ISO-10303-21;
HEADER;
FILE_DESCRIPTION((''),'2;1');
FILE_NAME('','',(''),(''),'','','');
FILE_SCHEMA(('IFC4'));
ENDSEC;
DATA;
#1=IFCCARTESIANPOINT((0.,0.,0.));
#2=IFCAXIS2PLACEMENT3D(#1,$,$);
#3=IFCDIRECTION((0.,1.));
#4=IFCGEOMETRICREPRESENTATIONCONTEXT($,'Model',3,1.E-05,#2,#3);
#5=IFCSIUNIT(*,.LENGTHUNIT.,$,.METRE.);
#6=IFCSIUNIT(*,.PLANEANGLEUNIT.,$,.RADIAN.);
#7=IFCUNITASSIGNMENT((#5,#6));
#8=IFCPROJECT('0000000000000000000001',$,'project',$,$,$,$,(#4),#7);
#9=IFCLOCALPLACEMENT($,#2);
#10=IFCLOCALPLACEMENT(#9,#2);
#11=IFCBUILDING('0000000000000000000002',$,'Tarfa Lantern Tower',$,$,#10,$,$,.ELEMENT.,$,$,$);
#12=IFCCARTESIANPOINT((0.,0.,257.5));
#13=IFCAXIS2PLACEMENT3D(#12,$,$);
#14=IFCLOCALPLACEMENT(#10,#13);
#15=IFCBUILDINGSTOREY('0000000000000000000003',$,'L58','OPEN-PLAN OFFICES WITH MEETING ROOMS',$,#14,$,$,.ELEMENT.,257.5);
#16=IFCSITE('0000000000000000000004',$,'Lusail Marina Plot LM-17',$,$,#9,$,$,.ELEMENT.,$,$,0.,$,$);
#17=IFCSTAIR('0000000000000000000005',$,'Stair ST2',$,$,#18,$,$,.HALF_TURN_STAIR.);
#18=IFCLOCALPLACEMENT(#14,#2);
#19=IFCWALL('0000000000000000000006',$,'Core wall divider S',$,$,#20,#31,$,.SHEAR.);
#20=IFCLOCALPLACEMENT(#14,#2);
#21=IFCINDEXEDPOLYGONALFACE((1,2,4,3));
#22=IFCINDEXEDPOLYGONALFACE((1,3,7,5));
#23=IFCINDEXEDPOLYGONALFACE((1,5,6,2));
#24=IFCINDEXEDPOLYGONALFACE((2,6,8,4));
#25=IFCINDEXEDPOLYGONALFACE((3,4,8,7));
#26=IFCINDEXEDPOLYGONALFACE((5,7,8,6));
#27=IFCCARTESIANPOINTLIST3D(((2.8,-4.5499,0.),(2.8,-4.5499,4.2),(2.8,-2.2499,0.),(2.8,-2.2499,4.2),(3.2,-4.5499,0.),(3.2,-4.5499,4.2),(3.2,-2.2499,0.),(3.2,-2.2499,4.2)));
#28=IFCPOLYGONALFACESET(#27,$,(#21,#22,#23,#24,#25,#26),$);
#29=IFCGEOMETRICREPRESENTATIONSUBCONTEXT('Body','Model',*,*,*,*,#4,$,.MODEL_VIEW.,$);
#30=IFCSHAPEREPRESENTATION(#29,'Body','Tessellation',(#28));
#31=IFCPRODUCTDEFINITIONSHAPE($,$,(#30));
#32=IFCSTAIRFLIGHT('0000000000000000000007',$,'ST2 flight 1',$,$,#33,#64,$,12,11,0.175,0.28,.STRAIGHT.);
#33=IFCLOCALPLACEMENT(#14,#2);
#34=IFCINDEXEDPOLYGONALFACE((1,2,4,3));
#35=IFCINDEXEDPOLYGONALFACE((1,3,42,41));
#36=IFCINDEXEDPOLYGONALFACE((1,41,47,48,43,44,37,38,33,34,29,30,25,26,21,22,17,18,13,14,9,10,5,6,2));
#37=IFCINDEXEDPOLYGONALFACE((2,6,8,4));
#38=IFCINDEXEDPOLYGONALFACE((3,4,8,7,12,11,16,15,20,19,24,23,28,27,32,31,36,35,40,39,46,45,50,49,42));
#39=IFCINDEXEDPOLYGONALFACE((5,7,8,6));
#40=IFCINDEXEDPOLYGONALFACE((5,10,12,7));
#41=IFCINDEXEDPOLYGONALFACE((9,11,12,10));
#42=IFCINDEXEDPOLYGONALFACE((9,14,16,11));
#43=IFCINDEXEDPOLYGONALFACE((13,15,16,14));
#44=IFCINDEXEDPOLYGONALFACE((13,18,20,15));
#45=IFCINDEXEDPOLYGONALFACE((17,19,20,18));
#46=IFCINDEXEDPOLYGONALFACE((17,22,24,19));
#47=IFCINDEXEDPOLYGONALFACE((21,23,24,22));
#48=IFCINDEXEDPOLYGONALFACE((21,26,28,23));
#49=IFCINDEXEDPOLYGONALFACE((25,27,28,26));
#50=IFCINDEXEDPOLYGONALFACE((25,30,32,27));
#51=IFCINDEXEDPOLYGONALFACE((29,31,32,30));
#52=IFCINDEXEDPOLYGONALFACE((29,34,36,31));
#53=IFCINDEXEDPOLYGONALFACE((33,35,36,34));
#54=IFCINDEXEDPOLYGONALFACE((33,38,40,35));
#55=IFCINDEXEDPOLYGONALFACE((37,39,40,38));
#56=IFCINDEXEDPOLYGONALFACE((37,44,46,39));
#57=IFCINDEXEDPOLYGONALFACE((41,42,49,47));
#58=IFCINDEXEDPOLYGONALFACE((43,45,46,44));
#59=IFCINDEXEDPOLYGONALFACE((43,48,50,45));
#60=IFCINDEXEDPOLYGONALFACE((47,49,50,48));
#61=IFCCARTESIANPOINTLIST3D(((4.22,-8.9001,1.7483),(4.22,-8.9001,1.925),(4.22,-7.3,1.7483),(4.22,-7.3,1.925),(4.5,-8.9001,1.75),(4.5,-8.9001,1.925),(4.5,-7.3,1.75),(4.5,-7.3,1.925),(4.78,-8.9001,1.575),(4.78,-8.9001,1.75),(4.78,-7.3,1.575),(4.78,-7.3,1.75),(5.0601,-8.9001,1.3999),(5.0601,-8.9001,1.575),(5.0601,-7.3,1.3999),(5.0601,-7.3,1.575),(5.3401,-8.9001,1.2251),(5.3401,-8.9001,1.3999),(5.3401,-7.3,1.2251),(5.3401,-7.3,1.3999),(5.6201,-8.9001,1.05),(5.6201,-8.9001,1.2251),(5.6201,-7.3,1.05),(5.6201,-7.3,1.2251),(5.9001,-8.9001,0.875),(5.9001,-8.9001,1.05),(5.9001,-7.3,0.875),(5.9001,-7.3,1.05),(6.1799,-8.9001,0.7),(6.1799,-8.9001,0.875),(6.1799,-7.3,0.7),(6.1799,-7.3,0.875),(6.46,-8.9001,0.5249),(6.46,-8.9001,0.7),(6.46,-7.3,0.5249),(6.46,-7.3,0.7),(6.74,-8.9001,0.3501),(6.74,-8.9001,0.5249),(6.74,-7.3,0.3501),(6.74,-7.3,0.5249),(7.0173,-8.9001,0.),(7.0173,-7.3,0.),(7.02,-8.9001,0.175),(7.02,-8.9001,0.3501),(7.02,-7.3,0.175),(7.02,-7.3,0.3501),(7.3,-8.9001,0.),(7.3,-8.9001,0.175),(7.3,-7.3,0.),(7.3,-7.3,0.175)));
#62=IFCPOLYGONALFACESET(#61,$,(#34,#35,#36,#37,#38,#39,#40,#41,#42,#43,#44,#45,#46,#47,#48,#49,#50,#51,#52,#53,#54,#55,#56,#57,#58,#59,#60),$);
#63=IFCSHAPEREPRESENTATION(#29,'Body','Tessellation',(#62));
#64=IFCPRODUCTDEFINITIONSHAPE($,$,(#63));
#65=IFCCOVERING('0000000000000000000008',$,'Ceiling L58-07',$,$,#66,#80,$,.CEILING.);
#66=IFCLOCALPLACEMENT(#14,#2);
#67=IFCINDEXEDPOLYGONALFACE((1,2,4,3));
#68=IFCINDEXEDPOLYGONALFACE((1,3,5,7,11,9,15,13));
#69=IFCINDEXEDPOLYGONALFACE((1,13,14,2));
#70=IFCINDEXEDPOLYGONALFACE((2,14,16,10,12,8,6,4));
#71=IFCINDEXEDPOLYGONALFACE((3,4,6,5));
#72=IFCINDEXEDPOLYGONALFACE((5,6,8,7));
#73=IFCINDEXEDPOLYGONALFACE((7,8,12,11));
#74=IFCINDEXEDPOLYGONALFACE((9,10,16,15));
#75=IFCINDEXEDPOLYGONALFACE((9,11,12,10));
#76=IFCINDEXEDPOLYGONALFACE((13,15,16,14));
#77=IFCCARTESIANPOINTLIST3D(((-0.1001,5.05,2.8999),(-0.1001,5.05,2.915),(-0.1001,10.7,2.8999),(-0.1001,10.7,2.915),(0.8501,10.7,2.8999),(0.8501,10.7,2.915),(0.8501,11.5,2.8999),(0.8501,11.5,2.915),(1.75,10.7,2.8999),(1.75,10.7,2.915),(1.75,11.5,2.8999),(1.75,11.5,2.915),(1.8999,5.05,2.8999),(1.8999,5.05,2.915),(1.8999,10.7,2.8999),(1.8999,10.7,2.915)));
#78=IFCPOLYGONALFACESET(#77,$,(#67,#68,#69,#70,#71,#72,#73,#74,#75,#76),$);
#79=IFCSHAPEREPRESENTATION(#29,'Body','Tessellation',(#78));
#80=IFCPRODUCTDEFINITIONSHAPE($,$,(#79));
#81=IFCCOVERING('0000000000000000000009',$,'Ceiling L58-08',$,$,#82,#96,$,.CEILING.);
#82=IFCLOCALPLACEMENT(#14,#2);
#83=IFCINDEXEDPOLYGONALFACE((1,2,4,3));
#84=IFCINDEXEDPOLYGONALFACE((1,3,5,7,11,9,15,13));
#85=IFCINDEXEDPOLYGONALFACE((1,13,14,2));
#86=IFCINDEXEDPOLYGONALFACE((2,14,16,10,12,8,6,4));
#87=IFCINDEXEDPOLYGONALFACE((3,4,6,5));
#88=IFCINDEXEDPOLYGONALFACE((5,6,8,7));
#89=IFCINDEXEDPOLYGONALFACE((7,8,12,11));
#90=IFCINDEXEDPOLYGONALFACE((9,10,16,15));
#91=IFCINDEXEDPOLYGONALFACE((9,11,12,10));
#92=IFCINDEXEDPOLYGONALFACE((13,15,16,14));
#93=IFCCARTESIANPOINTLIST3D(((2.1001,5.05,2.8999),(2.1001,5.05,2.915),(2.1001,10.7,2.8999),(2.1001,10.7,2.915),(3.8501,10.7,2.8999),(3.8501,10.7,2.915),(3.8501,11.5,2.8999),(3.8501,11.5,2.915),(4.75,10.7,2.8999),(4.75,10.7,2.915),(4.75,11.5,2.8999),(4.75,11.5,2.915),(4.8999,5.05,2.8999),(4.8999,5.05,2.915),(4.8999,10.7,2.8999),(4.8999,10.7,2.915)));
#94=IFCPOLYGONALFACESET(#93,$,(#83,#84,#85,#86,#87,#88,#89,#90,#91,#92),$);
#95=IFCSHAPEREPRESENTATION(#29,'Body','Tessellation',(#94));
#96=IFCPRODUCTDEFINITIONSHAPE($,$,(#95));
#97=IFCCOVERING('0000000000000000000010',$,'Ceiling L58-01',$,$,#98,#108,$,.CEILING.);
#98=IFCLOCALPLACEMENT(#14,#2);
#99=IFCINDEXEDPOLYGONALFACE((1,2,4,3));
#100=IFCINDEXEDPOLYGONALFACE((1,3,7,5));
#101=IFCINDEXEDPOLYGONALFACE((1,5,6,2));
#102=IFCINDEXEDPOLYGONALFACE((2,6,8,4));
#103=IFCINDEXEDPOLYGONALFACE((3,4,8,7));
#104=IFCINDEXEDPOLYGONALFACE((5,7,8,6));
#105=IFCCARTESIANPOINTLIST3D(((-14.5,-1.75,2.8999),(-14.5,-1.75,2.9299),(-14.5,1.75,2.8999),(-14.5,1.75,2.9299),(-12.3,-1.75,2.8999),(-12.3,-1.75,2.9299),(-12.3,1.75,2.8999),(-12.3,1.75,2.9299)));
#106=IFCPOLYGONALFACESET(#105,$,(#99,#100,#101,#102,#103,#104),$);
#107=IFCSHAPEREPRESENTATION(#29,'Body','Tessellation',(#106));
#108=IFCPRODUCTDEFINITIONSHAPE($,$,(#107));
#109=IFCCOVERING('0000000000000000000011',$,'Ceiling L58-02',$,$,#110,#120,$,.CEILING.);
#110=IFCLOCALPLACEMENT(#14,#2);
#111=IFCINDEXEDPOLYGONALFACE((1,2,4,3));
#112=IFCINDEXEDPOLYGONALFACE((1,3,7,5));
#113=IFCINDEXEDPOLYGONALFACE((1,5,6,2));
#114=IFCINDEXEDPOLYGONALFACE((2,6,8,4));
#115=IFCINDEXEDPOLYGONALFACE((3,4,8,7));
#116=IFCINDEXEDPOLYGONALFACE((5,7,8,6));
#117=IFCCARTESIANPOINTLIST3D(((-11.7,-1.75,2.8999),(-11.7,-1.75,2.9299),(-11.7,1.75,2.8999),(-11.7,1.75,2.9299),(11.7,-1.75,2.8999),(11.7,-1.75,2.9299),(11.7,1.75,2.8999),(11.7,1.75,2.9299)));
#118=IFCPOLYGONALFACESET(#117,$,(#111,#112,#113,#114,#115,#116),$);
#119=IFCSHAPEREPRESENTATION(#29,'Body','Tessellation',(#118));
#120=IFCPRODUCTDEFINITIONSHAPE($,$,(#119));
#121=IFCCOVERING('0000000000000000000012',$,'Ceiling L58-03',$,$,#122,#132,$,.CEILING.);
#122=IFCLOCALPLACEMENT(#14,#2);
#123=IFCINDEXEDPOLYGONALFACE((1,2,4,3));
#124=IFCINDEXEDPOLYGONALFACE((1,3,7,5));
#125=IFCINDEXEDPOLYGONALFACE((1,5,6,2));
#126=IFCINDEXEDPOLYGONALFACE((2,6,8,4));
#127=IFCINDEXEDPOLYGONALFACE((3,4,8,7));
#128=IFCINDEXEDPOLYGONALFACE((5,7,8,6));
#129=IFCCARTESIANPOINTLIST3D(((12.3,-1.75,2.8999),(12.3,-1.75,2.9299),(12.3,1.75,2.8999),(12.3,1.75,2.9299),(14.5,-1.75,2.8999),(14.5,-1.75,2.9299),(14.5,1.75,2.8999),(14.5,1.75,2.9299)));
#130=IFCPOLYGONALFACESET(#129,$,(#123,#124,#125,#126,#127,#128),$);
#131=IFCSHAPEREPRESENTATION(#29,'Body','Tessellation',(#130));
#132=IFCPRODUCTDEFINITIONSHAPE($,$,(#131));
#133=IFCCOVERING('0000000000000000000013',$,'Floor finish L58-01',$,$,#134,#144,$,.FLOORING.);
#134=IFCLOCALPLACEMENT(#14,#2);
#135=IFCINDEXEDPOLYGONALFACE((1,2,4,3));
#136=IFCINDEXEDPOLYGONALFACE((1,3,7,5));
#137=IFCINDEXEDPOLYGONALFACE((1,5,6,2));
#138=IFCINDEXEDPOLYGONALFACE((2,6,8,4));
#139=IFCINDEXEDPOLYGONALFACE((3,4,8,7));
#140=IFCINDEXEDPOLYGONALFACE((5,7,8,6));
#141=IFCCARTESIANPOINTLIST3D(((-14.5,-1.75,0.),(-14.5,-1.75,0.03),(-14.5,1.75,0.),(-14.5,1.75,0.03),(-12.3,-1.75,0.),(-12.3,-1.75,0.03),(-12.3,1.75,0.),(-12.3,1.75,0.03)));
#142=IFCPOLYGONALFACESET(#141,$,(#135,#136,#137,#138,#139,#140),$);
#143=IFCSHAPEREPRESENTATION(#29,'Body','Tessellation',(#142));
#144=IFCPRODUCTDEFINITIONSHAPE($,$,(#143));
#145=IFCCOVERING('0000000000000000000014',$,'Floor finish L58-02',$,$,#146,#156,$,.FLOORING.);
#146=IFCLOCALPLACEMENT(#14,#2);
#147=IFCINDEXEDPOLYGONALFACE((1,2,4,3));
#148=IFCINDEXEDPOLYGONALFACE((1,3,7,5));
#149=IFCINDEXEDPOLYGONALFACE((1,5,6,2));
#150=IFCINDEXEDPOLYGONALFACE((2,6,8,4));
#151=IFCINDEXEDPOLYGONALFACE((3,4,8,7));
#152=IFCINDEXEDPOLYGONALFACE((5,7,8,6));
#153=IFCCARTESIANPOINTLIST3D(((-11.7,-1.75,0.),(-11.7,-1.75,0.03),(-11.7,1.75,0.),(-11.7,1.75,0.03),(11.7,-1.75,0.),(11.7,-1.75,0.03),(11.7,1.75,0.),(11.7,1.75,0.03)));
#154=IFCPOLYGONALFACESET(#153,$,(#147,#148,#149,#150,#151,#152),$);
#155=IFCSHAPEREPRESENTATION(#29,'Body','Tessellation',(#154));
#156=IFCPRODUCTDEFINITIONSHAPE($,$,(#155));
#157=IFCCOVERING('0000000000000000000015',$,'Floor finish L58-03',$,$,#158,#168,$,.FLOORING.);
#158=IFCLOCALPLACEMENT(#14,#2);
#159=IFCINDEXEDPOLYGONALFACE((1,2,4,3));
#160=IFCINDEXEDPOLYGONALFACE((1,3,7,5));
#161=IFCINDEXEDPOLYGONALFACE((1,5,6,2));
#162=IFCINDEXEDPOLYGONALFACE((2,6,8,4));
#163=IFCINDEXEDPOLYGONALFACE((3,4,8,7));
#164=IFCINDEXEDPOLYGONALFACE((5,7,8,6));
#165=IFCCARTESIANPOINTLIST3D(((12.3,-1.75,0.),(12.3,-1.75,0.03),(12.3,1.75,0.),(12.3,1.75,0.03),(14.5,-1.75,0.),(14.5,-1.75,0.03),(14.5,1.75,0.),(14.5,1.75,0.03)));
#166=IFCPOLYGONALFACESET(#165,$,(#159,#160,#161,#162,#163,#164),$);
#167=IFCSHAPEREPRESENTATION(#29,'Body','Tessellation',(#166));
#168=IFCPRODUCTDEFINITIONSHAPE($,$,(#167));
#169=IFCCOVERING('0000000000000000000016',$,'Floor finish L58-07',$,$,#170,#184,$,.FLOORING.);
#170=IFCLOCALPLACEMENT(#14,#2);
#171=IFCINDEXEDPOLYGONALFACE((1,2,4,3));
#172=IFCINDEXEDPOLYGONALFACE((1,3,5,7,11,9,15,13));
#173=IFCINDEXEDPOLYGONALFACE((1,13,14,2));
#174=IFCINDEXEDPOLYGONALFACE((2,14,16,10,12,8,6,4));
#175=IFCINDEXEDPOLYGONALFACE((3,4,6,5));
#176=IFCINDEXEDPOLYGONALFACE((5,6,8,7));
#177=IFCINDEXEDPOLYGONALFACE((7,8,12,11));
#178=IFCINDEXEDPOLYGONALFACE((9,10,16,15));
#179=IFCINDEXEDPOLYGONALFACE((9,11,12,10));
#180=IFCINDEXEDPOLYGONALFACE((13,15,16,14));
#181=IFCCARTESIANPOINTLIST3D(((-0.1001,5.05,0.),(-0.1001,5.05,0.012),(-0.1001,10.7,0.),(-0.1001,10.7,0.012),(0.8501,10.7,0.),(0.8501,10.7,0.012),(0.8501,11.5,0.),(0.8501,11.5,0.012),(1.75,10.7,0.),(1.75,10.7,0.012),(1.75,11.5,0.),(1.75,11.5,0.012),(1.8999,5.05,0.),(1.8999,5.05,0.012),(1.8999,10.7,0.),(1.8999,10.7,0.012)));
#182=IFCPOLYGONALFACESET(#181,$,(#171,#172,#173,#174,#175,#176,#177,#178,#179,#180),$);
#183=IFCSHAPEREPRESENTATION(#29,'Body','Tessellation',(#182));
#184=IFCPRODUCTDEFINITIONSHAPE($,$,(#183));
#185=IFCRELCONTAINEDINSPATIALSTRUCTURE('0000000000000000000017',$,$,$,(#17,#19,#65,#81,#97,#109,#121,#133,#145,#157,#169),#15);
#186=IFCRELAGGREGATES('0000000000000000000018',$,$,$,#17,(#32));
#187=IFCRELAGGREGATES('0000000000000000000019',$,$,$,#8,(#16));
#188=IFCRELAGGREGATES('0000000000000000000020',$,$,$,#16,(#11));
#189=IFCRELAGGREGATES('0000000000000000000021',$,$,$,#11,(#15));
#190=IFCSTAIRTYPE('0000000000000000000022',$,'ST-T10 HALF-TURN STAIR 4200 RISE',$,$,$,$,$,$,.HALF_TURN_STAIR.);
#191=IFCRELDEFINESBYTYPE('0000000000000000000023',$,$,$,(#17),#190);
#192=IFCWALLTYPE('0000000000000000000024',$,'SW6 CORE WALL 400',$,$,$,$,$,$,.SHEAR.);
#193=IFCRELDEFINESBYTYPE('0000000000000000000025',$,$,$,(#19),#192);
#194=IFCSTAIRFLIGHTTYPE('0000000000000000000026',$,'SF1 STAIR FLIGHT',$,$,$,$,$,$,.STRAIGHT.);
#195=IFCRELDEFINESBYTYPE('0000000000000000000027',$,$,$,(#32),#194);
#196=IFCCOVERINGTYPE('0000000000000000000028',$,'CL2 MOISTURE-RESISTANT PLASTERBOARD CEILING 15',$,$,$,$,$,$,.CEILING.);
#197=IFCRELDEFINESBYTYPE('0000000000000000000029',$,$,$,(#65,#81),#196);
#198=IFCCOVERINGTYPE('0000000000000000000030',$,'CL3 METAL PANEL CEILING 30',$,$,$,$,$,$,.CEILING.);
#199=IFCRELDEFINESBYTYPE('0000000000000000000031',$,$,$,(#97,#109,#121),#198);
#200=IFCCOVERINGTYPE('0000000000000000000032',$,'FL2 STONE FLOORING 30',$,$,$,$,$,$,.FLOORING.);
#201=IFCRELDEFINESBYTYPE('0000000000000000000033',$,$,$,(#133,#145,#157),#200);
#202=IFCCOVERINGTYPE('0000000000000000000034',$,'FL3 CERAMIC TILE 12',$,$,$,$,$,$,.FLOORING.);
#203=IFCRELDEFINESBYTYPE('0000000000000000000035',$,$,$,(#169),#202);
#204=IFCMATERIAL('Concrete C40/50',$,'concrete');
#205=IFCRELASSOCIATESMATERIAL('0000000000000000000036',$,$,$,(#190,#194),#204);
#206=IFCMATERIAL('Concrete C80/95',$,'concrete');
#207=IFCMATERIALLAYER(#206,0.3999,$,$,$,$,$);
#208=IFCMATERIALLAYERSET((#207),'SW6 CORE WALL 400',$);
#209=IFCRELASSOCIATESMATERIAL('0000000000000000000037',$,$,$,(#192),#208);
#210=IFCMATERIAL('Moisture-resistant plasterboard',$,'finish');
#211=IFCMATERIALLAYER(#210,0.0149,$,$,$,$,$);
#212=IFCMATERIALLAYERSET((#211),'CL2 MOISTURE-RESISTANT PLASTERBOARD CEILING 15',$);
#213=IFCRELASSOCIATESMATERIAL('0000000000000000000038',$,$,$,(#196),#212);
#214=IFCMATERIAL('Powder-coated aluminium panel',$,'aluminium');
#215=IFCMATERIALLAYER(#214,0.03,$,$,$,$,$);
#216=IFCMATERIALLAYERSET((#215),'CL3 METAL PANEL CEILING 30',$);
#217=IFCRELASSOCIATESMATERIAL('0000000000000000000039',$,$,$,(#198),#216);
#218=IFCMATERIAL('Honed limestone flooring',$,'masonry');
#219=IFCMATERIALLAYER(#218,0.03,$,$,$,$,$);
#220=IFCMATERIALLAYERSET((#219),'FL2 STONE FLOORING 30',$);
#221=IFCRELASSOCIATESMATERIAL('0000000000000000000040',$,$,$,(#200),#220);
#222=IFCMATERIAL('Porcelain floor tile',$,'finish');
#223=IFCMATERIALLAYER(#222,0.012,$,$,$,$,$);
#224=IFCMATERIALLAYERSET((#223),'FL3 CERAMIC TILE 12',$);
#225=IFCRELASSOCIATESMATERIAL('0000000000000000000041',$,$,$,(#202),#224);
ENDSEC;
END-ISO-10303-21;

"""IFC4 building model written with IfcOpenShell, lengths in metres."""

from ifc_helpers import new_model, si_unit, direction, frame, frame_2d, origin, place, context, subcontext, project, spatial, polyline, rectangle, outline, extrude, material, layer, layer_set, type_object, element, aggregate, save


model = new_model("IFC4")

# Units and contexts
model_context = context("Model", 3, precision=1e-05, world=origin(), true_north=direction((0.0, 1.0)))
body_context = subcontext(model_context, "Body", "Model", "MODEL_VIEW")
ifc_project = project(units=[si_unit("LENGTHUNIT", "METRE"), si_unit("PLANEANGLEUNIT", "RADIAN")], contexts=[model_context])

# Site, building, storey
site_placement = place(None, origin())
site = spatial("IfcSite", under=ifc_project, at=site_placement, Name="Lusail Marina Plot LM-17", CompositionType="ELEMENT", RefElevation=0.0)
building_placement = place(site_placement, origin())
building = spatial("IfcBuilding", under=site, at=building_placement, Name="Tarfa Lantern Tower", CompositionType="ELEMENT")
storey_placement = place(building_placement, frame((0.0, 0.0, 257.5)))
storey = spatial("IfcBuildingStorey", under=building, at=storey_placement, Name="L58", Description="OPEN-PLAN OFFICES WITH MEETING ROOMS", CompositionType="ELEMENT", Elevation=257.5)

# Stair
ifc_material_1 = material(Name="Concrete C40/50", Category="concrete")
stair_type = type_object("IfcStairType", Name="ST-T10 HALF-TURN STAIR 4200 RISE", PredefinedType="HALF_TURN_STAIR", material=ifc_material_1)
stair_placement = place(storey_placement, origin())
stair = element("IfcStair", 1, at=stair_placement, inside=storey, type_object=stair_type, Name="Stair ST2", PredefinedType="HALF_TURN_STAIR")

# Shared definitions
ifc_material_2 = material(Name="Concrete C80/95", Category="concrete")

# Wall
ifc_layer_1 = layer(ifc_material_2, 0.3999)
ifc_layer_set_1 = layer_set([ifc_layer_1], Name="SW6 CORE WALL 400")
wall_type_1 = type_object("IfcWallType", Name="SW6 CORE WALL 400", PredefinedType="SHEAR", material=ifc_layer_set_1)
for number, where, z_axis, x_axis, name in (
    (2, (3.0, -2.25, 0.0), (0.0, 0.0, 1.0), (0.0, -1.0, 0.0), "Core wall divider S"),
):
    element("IfcWall", number, at=place(storey_placement, frame(where, z_axis=z_axis, x_axis=x_axis)), inside=storey, type_object=wall_type_1, Name=name, PredefinedType="SHEAR", context=body_context, shape_type="SweptSolid", body=[
        extrude(rectangle(XDim=2.3, YDim=0.3999, at=frame_2d((1.1499, 0.0))), origin(), (0.0, 0.0, 1.0), 4.2),
    ])

# Stair flight
stair_flight_type = type_object("IfcStairFlightType", Name="SF1 STAIR FLIGHT", PredefinedType="STRAIGHT", material=ifc_material_1)
stair_flight_placement = place(storey_placement, frame((7.3, -8.1001, 0.0), z_axis=(0.0, 0.0, 1.0), x_axis=(-1.0, 0.0, 0.0)))
stair_flight = element("IfcStairFlight", 3, at=stair_flight_placement, type_object=stair_flight_type, Name="ST2 flight 1", NumberOfRisers=12, NumberOfTreads=11, PredefinedType="STRAIGHT", RiserHeight=0.175, TreadLength=0.28, context=body_context, shape_type="SweptSolid", body=[
    extrude(outline(polyline([(0.0, 0.0), (0.0, 0.175), (0.28, 0.175), (0.28, 0.3501), (0.5601, 0.3501), (0.5601, 0.5249), (0.8401, 0.5249), (0.8401, 0.7), (1.1201, 0.7), (1.1201, 0.875), (1.3999, 0.875), (1.3999, 1.05), (1.6799, 1.05), (1.6799, 1.2251), (1.96, 1.2251), (1.96, 1.3999), (2.24, 1.3999), (2.24, 1.575), (2.52, 1.575), (2.52, 1.75), (2.8, 1.75), (2.8, 1.925), (3.0801, 1.925), (3.0801, 2.1001), (3.0801, 1.7483), (0.2827, 0.0), (0.0, 0.0)])), frame((0.0, 0.8, 0.0), z_axis=(0.0, -1.0, 0.0), x_axis=(1.0, 0.0, 0.0)), (0.0, 0.0, 1.0), 1.6001),
])
aggregate(stair, [stair_flight])

# Coverings
ifc_material_3 = material(Name="Moisture-resistant plasterboard", Category="finish")
ifc_layer_2 = layer(ifc_material_3, 0.0149)
ifc_layer_set_2 = layer_set([ifc_layer_2], Name="CL2 MOISTURE-RESISTANT PLASTERBOARD CEILING 15")
covering_type_1 = type_object("IfcCoveringType", Name="CL2 MOISTURE-RESISTANT PLASTERBOARD CEILING 15", PredefinedType="CEILING", material=ifc_layer_set_2)
covering_1_placement = place(storey_placement, frame((0.0, 0.0, 2.8999)))
element("IfcCovering", 4, at=covering_1_placement, inside=storey, type_object=covering_type_1, Name="Ceiling L58-07", PredefinedType="CEILING", context=body_context, shape_type="SweptSolid", body=[
    extrude(outline(polyline([(0.8501, 10.7), (-0.1001, 10.7), (-0.1001, 5.05), (1.8999, 5.05), (1.8999, 10.7), (1.75, 10.7), (1.75, 11.5), (1.75, 11.5), (0.8501, 11.5), (0.8501, 10.7)])), origin(), (0.0, 0.0, 1.0), 0.0151),
])
covering_2_placement = place(storey_placement, frame((0.0, 0.0, 2.8999)))
element("IfcCovering", 5, at=covering_2_placement, inside=storey, type_object=covering_type_1, Name="Ceiling L58-08", PredefinedType="CEILING", context=body_context, shape_type="SweptSolid", body=[
    extrude(outline(polyline([(2.1001, 5.05), (4.8999, 5.05), (4.8999, 10.7), (4.75, 10.7), (4.75, 11.5), (3.8501, 11.5), (3.8501, 10.7), (2.1001, 10.7), (2.1001, 5.05)])), origin(), (0.0, 0.0, 1.0), 0.0151),
])
ifc_material_4 = material(Name="Powder-coated aluminium panel", Category="aluminium")
ifc_layer_3 = layer(ifc_material_4, 0.03)
ifc_layer_set_3 = layer_set([ifc_layer_3], Name="CL3 METAL PANEL CEILING 30")
covering_type_2 = type_object("IfcCoveringType", Name="CL3 METAL PANEL CEILING 30", PredefinedType="CEILING", material=ifc_layer_set_3)
covering_3_placement = place(storey_placement, frame((0.0, 0.0, 2.8999)))
element("IfcCovering", 6, at=covering_3_placement, inside=storey, type_object=covering_type_2, Name="Ceiling L58-01", PredefinedType="CEILING", context=body_context, shape_type="SweptSolid", body=[
    extrude(outline(polyline([(-14.5, -1.75), (-12.3, -1.75), (-12.3, 1.75), (-14.5, 1.75), (-14.5, -1.75)])), origin(), (0.0, 0.0, 1.0), 0.03),
])
covering_4_placement = place(storey_placement, frame((0.0, 0.0, 2.8999)))
element("IfcCovering", 7, at=covering_4_placement, inside=storey, type_object=covering_type_2, Name="Ceiling L58-02", PredefinedType="CEILING", context=body_context, shape_type="SweptSolid", body=[
    extrude(outline(polyline([(-11.7, -1.75), (11.7, -1.75), (11.7, 1.75), (-11.7, 1.75), (-11.7, -1.75)])), origin(), (0.0, 0.0, 1.0), 0.03),
])
covering_5_placement = place(storey_placement, frame((0.0, 0.0, 2.8999)))
element("IfcCovering", 8, at=covering_5_placement, inside=storey, type_object=covering_type_2, Name="Ceiling L58-03", PredefinedType="CEILING", context=body_context, shape_type="SweptSolid", body=[
    extrude(outline(polyline([(12.3, -1.75), (14.5, -1.75), (14.5, 1.75), (12.3, 1.75), (12.3, -1.75)])), origin(), (0.0, 0.0, 1.0), 0.03),
])
ifc_material_5 = material(Name="Honed limestone flooring", Category="masonry")
ifc_layer_4 = layer(ifc_material_5, 0.03)
ifc_layer_set_4 = layer_set([ifc_layer_4], Name="FL2 STONE FLOORING 30")
covering_type_3 = type_object("IfcCoveringType", Name="FL2 STONE FLOORING 30", PredefinedType="FLOORING", material=ifc_layer_set_4)
covering_6_placement = place(storey_placement, origin())
element("IfcCovering", 9, at=covering_6_placement, inside=storey, type_object=covering_type_3, Name="Floor finish L58-01", PredefinedType="FLOORING", context=body_context, shape_type="SweptSolid", body=[
    extrude(outline(polyline([(-14.5, -1.75), (-12.3, -1.75), (-12.3, 1.75), (-14.5, 1.75), (-14.5, -1.75)])), origin(), (0.0, 0.0, 1.0), 0.03),
])
covering_7_placement = place(storey_placement, origin())
element("IfcCovering", 10, at=covering_7_placement, inside=storey, type_object=covering_type_3, Name="Floor finish L58-02", PredefinedType="FLOORING", context=body_context, shape_type="SweptSolid", body=[
    extrude(outline(polyline([(-11.7, -1.75), (11.7, -1.75), (11.7, 1.75), (-11.7, 1.75), (-11.7, -1.75)])), origin(), (0.0, 0.0, 1.0), 0.03),
])
covering_8_placement = place(storey_placement, origin())
element("IfcCovering", 11, at=covering_8_placement, inside=storey, type_object=covering_type_3, Name="Floor finish L58-03", PredefinedType="FLOORING", context=body_context, shape_type="SweptSolid", body=[
    extrude(outline(polyline([(12.3, -1.75), (14.5, -1.75), (14.5, 1.75), (12.3, 1.75), (12.3, -1.75)])), origin(), (0.0, 0.0, 1.0), 0.03),
])
ifc_material_6 = material(Name="Porcelain floor tile", Category="finish")
ifc_layer_5 = layer(ifc_material_6, 0.012)
ifc_layer_set_5 = layer_set([ifc_layer_5], Name="FL3 CERAMIC TILE 12")
covering_type_4 = type_object("IfcCoveringType", Name="FL3 CERAMIC TILE 12", PredefinedType="FLOORING", material=ifc_layer_set_5)
covering_9_placement = place(storey_placement, origin())
element("IfcCovering", 12, at=covering_9_placement, inside=storey, type_object=covering_type_4, Name="Floor finish L58-07", PredefinedType="FLOORING", context=body_context, shape_type="SweptSolid", body=[
    extrude(outline(polyline([(0.8501, 10.7), (-0.1001, 10.7), (-0.1001, 5.05), (1.8999, 5.05), (1.8999, 10.7), (1.75, 10.7), (1.75, 11.5), (1.75, 11.5), (0.8501, 11.5), (0.8501, 10.7)])), origin(), (0.0, 0.0, 1.0), 0.012),
])

save(model, "model.ifc")
